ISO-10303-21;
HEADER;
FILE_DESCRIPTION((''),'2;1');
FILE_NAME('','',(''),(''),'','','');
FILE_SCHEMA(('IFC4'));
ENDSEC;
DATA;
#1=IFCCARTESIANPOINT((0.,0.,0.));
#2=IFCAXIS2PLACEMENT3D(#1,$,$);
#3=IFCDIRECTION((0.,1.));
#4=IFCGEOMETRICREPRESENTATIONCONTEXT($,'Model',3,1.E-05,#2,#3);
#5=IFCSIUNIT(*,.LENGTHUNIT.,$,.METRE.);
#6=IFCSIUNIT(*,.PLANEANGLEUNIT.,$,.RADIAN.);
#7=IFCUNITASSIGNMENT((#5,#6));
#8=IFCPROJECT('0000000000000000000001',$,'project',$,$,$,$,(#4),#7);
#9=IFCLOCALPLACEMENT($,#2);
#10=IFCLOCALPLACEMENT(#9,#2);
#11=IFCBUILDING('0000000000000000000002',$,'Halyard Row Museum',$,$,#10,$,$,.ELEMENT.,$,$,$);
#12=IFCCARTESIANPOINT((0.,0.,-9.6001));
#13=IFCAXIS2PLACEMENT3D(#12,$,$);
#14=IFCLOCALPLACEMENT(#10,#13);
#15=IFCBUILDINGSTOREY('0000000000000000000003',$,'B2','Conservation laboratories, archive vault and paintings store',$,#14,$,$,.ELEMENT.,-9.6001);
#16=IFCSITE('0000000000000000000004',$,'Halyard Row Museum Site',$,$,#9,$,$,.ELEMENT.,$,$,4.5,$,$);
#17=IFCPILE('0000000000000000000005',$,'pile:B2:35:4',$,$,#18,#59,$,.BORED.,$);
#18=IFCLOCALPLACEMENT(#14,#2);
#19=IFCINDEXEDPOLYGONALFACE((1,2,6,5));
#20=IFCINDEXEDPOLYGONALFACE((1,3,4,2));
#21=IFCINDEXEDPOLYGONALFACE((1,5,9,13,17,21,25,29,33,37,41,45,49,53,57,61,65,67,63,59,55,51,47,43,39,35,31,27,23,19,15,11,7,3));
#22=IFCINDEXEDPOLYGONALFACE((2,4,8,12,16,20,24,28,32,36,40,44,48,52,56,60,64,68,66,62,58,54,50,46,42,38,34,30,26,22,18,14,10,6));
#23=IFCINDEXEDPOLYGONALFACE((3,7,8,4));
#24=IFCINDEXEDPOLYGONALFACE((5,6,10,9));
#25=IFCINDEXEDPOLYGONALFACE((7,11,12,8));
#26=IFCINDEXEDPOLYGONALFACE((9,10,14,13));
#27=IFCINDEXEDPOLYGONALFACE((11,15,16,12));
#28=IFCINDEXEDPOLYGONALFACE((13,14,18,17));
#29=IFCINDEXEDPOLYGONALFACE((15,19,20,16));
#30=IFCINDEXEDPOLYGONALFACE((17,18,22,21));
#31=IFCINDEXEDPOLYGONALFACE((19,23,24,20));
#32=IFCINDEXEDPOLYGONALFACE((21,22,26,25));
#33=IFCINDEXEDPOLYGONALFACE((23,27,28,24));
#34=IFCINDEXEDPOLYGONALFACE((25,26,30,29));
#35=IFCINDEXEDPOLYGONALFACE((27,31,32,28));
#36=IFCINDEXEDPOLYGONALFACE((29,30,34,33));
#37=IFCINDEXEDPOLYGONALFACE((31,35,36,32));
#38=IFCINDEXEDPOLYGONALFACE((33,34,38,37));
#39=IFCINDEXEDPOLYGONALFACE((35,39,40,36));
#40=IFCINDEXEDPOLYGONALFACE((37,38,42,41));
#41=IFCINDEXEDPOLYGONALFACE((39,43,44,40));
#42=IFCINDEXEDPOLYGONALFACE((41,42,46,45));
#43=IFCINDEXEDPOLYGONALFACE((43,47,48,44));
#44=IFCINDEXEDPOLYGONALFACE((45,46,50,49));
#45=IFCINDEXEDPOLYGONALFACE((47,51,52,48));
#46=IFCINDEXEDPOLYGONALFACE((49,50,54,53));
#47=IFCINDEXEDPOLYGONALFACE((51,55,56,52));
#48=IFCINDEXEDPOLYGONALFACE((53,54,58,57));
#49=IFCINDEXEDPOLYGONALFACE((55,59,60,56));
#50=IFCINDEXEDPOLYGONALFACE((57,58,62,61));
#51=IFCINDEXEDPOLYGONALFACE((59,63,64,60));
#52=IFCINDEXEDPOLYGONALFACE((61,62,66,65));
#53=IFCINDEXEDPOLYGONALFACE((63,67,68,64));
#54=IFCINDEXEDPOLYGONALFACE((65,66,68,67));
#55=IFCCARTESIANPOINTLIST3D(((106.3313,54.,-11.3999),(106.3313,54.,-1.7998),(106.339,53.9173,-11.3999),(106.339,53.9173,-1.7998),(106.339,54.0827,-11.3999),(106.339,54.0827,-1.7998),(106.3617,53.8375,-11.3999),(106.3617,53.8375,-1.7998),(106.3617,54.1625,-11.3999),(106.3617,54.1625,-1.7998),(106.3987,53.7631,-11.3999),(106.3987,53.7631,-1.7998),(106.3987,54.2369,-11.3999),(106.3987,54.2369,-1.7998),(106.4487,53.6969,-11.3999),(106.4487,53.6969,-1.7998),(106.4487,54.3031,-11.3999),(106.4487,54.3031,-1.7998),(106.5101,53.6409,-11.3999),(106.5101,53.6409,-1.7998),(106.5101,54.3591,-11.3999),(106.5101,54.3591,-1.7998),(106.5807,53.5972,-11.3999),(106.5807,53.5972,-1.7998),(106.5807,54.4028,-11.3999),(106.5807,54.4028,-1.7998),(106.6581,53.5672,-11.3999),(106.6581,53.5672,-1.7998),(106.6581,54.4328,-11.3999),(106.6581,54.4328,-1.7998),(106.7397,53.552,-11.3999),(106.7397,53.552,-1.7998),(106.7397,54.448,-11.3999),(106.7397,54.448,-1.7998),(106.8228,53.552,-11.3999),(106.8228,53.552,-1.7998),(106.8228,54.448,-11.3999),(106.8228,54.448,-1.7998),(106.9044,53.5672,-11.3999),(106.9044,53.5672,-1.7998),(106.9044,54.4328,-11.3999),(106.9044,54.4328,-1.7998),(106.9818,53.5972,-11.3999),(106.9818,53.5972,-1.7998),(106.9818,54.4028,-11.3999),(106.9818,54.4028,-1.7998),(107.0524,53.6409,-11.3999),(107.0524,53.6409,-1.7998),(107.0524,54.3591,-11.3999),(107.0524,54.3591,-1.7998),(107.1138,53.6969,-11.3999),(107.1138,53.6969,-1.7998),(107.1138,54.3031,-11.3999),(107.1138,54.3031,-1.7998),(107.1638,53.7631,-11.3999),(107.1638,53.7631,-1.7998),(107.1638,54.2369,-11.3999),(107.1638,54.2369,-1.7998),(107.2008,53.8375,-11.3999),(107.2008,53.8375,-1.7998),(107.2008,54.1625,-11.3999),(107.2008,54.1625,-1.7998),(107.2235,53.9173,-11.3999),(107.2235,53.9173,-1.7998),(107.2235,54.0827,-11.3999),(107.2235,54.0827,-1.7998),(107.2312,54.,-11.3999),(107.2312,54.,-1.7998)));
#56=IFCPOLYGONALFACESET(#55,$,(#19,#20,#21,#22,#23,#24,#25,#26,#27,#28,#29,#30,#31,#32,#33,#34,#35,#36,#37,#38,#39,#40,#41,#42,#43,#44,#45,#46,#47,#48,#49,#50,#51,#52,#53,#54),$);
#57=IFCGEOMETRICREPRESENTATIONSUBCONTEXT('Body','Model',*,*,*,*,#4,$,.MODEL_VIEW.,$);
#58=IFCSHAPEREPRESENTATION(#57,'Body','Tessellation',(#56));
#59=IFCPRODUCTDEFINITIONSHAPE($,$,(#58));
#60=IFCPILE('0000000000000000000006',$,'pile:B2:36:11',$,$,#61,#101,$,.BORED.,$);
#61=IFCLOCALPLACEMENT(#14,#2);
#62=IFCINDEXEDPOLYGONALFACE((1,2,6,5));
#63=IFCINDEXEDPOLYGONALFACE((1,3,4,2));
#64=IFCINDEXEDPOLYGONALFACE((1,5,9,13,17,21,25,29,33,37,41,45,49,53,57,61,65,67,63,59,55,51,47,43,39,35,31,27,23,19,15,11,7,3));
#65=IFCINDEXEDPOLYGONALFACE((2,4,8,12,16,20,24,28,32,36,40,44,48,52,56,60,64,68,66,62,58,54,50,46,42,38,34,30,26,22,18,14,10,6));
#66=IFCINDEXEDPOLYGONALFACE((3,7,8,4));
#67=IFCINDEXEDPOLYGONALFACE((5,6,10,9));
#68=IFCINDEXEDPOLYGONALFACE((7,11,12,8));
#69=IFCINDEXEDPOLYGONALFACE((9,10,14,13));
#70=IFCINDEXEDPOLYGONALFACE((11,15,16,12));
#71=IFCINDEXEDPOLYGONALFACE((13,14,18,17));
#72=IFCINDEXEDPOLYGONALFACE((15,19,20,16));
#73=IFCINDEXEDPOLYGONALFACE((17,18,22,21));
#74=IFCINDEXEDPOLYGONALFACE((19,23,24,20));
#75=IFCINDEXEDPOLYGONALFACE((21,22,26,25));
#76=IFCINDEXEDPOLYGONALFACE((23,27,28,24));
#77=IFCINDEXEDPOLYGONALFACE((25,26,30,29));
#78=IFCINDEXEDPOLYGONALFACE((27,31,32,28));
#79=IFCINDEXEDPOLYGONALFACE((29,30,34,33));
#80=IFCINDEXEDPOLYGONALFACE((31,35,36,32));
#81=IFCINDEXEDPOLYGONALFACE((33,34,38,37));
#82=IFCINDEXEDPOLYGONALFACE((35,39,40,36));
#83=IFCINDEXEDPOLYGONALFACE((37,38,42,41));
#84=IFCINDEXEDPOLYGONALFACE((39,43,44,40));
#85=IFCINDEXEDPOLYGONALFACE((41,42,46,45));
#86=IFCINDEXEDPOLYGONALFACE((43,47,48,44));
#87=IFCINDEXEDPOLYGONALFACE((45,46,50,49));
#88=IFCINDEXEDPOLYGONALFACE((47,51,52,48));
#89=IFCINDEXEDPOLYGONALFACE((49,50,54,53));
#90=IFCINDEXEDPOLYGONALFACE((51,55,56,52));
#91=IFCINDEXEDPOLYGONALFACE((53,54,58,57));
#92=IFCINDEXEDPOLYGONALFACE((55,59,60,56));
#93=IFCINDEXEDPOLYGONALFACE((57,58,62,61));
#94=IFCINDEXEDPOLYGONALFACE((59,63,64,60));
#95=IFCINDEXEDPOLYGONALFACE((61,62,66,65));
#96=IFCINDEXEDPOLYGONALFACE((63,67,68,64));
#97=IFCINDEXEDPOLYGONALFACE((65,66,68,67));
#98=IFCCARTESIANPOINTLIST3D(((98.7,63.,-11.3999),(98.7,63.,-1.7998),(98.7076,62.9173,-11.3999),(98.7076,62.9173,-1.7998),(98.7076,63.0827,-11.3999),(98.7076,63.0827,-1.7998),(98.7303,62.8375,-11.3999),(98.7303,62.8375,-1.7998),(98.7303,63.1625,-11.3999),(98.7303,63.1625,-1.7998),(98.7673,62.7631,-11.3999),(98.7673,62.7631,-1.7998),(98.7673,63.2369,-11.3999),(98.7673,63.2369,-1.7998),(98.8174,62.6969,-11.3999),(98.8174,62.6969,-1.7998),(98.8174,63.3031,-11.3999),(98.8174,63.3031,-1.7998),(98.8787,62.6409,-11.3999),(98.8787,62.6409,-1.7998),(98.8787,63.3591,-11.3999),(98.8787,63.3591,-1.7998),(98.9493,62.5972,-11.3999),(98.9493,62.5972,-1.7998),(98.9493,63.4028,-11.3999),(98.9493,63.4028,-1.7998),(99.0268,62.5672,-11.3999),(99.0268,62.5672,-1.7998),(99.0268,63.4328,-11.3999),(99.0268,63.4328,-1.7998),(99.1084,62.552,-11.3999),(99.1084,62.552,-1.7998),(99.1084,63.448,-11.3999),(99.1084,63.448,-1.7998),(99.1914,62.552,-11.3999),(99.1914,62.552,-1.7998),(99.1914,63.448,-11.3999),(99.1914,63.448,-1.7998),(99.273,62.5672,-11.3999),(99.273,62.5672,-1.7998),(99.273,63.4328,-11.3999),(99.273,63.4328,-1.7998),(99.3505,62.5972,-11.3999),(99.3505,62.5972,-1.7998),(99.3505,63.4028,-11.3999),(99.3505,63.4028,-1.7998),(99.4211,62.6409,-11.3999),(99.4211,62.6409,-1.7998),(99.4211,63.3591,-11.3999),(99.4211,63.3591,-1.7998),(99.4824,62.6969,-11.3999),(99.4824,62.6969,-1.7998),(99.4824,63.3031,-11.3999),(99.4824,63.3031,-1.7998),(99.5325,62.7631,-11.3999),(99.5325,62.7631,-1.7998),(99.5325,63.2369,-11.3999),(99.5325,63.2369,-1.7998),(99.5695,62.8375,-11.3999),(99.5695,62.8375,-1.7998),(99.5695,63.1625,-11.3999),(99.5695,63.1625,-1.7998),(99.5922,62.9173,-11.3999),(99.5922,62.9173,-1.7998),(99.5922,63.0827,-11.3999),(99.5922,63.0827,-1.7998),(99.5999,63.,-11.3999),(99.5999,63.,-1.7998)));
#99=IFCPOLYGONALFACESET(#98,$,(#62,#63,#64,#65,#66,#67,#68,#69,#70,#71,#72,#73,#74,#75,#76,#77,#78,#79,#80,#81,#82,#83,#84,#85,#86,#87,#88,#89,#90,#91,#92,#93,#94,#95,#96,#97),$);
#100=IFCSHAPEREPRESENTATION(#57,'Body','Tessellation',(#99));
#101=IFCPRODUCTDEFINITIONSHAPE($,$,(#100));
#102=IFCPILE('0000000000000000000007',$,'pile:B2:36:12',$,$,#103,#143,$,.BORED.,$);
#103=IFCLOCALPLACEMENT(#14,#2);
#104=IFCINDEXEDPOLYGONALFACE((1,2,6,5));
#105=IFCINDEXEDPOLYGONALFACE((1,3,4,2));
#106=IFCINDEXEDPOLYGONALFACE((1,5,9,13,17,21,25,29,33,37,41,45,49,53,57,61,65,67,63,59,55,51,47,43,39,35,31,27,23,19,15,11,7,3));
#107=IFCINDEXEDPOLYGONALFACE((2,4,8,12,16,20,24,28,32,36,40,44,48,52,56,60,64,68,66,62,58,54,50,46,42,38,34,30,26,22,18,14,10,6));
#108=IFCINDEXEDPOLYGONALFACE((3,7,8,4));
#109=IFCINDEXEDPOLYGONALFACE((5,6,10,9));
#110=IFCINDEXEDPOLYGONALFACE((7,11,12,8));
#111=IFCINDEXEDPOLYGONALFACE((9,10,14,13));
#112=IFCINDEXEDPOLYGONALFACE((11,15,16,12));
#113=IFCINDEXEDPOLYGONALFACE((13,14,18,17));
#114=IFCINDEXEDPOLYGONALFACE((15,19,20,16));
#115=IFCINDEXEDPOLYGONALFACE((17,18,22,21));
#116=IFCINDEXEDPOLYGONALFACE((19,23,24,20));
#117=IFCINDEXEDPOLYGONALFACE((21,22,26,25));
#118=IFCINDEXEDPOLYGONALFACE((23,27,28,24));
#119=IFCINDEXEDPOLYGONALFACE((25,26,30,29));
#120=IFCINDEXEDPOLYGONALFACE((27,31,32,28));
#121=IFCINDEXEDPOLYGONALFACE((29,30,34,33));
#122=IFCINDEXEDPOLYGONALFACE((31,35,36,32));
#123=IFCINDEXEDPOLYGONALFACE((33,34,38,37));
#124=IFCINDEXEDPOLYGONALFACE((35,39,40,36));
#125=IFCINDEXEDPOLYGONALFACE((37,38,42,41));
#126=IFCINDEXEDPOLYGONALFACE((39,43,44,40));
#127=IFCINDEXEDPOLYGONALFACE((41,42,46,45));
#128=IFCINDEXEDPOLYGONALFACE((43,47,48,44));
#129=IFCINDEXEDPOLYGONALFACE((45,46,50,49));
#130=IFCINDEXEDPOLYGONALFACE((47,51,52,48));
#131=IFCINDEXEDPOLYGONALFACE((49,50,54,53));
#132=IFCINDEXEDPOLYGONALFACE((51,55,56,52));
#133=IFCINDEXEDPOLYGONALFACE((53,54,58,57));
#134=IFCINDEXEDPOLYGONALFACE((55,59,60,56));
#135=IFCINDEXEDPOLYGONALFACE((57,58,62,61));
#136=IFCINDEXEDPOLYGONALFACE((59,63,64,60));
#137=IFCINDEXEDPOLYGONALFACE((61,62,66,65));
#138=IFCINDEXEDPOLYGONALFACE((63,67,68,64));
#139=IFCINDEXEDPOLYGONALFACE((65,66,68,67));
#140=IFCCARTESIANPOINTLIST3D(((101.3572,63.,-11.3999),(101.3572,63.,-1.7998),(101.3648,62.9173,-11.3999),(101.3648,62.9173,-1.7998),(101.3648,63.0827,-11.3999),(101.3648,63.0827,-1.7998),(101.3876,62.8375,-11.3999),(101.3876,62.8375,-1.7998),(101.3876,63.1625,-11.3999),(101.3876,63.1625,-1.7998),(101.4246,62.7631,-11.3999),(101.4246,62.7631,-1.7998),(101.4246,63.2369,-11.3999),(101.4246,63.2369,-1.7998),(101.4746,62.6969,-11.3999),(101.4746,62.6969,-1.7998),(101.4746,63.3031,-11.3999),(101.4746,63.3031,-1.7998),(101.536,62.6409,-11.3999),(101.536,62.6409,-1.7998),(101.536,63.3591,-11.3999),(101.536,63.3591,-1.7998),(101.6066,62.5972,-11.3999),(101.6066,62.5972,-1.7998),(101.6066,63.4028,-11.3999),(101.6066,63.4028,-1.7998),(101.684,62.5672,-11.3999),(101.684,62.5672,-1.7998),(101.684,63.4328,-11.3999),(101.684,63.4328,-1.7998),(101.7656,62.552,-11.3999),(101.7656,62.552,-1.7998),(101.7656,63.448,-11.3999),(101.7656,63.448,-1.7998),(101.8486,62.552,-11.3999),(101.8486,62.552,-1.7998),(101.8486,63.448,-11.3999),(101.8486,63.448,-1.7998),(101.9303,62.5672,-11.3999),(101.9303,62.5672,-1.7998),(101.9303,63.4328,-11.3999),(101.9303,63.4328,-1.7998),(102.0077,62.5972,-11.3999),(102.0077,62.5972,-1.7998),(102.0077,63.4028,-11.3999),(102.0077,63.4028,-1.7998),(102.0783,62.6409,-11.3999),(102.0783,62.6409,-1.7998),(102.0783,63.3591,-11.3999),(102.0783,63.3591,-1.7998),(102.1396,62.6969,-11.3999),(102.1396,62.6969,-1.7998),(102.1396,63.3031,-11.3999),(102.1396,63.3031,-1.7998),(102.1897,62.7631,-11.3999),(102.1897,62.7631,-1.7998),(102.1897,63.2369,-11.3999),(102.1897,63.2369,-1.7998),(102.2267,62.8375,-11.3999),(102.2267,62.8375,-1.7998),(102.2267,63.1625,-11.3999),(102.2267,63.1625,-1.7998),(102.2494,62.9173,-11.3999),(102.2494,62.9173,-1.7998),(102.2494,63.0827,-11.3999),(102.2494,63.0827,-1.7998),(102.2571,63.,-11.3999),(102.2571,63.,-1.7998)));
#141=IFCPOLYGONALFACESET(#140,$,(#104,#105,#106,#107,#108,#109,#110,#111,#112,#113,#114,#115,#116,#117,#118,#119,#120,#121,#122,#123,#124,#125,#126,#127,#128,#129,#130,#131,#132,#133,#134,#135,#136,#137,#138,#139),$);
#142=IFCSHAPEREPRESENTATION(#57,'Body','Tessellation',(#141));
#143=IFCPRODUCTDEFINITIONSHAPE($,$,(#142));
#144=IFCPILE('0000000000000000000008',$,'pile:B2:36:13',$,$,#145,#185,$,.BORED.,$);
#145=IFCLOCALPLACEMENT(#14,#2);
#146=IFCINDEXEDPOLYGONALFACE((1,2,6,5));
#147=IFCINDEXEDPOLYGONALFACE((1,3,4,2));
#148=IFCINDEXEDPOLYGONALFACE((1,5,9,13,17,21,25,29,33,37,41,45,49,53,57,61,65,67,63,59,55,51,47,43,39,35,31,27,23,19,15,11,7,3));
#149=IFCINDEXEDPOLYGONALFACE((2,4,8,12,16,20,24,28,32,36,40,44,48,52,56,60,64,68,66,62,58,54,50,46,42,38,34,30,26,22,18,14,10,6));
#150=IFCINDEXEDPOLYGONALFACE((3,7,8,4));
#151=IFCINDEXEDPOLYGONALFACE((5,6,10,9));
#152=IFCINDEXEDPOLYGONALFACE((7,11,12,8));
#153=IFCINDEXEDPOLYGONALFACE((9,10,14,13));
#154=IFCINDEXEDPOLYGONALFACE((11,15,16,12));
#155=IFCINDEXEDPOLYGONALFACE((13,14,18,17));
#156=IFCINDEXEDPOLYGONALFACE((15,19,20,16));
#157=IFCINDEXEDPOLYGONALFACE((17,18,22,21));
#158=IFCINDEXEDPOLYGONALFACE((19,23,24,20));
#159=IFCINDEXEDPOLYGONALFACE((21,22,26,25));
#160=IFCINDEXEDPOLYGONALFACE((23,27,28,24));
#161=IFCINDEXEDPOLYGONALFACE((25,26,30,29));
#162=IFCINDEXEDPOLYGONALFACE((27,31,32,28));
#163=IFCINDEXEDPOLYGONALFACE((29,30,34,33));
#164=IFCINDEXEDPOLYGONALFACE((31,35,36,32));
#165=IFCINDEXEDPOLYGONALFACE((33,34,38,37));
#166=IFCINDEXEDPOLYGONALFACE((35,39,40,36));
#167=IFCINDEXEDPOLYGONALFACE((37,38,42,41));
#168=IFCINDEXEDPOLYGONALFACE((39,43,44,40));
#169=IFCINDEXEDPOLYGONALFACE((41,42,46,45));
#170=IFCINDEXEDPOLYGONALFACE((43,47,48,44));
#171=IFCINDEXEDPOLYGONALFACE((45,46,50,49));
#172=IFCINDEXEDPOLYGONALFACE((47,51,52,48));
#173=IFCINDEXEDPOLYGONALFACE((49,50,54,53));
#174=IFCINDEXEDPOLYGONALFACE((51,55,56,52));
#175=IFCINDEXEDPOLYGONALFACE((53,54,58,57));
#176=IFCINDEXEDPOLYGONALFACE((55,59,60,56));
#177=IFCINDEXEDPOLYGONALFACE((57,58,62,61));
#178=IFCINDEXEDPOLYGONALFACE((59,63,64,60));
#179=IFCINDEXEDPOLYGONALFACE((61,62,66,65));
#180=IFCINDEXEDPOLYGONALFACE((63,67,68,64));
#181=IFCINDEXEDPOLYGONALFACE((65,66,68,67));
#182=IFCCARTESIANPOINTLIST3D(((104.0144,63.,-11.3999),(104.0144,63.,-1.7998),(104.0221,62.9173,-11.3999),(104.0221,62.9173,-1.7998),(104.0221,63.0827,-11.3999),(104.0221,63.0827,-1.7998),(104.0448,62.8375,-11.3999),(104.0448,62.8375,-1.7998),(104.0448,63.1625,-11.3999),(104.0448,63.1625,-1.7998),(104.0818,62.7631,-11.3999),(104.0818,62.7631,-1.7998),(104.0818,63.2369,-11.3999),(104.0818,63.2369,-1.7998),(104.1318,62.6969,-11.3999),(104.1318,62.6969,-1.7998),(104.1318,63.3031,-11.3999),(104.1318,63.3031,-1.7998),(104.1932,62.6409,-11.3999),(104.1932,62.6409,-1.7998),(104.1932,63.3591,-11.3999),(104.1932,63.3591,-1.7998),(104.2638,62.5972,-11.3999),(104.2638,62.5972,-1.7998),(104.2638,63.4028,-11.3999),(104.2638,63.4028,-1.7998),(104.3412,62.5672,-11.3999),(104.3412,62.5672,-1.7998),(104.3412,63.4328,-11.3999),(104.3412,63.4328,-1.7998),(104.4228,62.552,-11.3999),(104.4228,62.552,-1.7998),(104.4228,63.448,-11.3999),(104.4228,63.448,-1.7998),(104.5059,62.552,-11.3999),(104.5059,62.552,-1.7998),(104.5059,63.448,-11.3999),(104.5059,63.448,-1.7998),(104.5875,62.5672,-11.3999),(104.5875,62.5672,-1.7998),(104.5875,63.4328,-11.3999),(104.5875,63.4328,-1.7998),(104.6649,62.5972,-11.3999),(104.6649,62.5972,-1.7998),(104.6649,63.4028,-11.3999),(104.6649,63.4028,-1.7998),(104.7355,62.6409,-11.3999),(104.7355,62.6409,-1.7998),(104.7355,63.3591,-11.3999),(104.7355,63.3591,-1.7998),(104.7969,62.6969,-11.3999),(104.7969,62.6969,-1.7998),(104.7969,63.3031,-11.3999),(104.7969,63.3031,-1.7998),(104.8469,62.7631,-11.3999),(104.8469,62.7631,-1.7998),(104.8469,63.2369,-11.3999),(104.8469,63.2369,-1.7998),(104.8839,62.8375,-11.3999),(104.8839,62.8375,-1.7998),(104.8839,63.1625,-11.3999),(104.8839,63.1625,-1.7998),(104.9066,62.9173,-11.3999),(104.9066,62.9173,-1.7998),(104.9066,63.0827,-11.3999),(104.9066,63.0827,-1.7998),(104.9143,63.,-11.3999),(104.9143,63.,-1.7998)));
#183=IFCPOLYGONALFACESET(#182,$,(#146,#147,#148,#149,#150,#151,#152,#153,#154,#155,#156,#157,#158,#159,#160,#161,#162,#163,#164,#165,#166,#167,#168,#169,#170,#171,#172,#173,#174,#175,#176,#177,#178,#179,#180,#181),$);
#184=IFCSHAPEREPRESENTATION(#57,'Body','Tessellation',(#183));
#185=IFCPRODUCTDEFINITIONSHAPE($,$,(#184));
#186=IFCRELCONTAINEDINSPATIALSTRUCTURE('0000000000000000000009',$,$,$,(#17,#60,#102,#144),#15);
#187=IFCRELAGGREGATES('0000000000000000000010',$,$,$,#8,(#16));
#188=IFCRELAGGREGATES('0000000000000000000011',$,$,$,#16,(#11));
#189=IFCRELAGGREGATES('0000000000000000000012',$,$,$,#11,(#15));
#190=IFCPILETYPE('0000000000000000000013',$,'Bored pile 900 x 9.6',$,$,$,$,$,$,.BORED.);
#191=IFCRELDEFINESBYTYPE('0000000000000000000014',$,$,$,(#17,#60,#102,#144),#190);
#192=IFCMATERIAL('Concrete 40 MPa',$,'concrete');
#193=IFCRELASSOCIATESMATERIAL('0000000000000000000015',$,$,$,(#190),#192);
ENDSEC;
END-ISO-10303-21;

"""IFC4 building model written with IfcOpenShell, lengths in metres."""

from ifc_helpers import new_model, si_unit, direction, frame, origin, origin_2d, place, context, subcontext, project, spatial, circle, extrude, material, material_profile, profile_set, type_object, element, save


model = new_model("IFC4")

# Units and contexts
model_context = context("Model", 3, precision=1e-05, world=origin(), true_north=direction((0.0, 1.0)))
body_context = subcontext(model_context, "Body", "Model", "MODEL_VIEW")
ifc_project = project(units=[si_unit("LENGTHUNIT", "METRE"), si_unit("PLANEANGLEUNIT", "RADIAN")], contexts=[model_context])

# Site, building, storey
site_placement = place(None, origin())
site = spatial("IfcSite", under=ifc_project, at=site_placement, Name="Halyard Row Museum Site", CompositionType="ELEMENT", RefElevation=4.5)
building_placement = place(site_placement, origin())
building = spatial("IfcBuilding", under=site, at=building_placement, Name="Halyard Row Museum", CompositionType="ELEMENT")
storey_placement = place(building_placement, frame((0.0, 0.0, -9.6001)))
storey = spatial("IfcBuildingStorey", under=building, at=storey_placement, Name="B2", Description="Conservation laboratories, archive vault and paintings store", CompositionType="ELEMENT", Elevation=-9.6001)

# Piles
ifc_material_1 = material(Name="Concrete 40 MPa", Category="concrete")
ifc_material_profile_1 = material_profile(ifc_material_1, circle(Radius=0.45, at=origin_2d()), Name="Bored pile 900 x 9.6")
ifc_profile_set_1 = profile_set([ifc_material_profile_1], Name="Concrete 40 MPa")
pile_type_1 = type_object("IfcPileType", Name="Bored pile 900 x 9.6", PredefinedType="BORED", material=ifc_profile_set_1)
for number, where, z_axis, x_axis, name in (
    (1, (106.7812, 54.0, -1.7998), (0.0, 0.0, -1.0), (1.0, 0.0, 0.0), "pile:B2:35:4"),
    (2, (99.1499, 63.0, -1.7998), (0.0, 0.0, -1.0), (1.0, 0.0, 0.0), "pile:B2:36:11"),
    (3, (101.8071, 63.0, -1.7998), (0.0, 0.0, -1.0), (1.0, 0.0, 0.0), "pile:B2:36:12"),
    (4, (104.4644, 63.0, -1.7998), (0.0, 0.0, -1.0), (1.0, 0.0, 0.0), "pile:B2:36:13"),
):
    element("IfcPile", number, at=place(storey_placement, frame(where, z_axis=z_axis, x_axis=x_axis)), inside=storey, type_object=pile_type_1, Name=name, PredefinedType="BORED", context=body_context, shape_type="SweptSolid", body=[
        extrude(circle(Radius=0.45, at=origin_2d()), origin(), (0.0, 0.0, 1.0), 9.6001),
    ])

save(model, "model.ifc")
